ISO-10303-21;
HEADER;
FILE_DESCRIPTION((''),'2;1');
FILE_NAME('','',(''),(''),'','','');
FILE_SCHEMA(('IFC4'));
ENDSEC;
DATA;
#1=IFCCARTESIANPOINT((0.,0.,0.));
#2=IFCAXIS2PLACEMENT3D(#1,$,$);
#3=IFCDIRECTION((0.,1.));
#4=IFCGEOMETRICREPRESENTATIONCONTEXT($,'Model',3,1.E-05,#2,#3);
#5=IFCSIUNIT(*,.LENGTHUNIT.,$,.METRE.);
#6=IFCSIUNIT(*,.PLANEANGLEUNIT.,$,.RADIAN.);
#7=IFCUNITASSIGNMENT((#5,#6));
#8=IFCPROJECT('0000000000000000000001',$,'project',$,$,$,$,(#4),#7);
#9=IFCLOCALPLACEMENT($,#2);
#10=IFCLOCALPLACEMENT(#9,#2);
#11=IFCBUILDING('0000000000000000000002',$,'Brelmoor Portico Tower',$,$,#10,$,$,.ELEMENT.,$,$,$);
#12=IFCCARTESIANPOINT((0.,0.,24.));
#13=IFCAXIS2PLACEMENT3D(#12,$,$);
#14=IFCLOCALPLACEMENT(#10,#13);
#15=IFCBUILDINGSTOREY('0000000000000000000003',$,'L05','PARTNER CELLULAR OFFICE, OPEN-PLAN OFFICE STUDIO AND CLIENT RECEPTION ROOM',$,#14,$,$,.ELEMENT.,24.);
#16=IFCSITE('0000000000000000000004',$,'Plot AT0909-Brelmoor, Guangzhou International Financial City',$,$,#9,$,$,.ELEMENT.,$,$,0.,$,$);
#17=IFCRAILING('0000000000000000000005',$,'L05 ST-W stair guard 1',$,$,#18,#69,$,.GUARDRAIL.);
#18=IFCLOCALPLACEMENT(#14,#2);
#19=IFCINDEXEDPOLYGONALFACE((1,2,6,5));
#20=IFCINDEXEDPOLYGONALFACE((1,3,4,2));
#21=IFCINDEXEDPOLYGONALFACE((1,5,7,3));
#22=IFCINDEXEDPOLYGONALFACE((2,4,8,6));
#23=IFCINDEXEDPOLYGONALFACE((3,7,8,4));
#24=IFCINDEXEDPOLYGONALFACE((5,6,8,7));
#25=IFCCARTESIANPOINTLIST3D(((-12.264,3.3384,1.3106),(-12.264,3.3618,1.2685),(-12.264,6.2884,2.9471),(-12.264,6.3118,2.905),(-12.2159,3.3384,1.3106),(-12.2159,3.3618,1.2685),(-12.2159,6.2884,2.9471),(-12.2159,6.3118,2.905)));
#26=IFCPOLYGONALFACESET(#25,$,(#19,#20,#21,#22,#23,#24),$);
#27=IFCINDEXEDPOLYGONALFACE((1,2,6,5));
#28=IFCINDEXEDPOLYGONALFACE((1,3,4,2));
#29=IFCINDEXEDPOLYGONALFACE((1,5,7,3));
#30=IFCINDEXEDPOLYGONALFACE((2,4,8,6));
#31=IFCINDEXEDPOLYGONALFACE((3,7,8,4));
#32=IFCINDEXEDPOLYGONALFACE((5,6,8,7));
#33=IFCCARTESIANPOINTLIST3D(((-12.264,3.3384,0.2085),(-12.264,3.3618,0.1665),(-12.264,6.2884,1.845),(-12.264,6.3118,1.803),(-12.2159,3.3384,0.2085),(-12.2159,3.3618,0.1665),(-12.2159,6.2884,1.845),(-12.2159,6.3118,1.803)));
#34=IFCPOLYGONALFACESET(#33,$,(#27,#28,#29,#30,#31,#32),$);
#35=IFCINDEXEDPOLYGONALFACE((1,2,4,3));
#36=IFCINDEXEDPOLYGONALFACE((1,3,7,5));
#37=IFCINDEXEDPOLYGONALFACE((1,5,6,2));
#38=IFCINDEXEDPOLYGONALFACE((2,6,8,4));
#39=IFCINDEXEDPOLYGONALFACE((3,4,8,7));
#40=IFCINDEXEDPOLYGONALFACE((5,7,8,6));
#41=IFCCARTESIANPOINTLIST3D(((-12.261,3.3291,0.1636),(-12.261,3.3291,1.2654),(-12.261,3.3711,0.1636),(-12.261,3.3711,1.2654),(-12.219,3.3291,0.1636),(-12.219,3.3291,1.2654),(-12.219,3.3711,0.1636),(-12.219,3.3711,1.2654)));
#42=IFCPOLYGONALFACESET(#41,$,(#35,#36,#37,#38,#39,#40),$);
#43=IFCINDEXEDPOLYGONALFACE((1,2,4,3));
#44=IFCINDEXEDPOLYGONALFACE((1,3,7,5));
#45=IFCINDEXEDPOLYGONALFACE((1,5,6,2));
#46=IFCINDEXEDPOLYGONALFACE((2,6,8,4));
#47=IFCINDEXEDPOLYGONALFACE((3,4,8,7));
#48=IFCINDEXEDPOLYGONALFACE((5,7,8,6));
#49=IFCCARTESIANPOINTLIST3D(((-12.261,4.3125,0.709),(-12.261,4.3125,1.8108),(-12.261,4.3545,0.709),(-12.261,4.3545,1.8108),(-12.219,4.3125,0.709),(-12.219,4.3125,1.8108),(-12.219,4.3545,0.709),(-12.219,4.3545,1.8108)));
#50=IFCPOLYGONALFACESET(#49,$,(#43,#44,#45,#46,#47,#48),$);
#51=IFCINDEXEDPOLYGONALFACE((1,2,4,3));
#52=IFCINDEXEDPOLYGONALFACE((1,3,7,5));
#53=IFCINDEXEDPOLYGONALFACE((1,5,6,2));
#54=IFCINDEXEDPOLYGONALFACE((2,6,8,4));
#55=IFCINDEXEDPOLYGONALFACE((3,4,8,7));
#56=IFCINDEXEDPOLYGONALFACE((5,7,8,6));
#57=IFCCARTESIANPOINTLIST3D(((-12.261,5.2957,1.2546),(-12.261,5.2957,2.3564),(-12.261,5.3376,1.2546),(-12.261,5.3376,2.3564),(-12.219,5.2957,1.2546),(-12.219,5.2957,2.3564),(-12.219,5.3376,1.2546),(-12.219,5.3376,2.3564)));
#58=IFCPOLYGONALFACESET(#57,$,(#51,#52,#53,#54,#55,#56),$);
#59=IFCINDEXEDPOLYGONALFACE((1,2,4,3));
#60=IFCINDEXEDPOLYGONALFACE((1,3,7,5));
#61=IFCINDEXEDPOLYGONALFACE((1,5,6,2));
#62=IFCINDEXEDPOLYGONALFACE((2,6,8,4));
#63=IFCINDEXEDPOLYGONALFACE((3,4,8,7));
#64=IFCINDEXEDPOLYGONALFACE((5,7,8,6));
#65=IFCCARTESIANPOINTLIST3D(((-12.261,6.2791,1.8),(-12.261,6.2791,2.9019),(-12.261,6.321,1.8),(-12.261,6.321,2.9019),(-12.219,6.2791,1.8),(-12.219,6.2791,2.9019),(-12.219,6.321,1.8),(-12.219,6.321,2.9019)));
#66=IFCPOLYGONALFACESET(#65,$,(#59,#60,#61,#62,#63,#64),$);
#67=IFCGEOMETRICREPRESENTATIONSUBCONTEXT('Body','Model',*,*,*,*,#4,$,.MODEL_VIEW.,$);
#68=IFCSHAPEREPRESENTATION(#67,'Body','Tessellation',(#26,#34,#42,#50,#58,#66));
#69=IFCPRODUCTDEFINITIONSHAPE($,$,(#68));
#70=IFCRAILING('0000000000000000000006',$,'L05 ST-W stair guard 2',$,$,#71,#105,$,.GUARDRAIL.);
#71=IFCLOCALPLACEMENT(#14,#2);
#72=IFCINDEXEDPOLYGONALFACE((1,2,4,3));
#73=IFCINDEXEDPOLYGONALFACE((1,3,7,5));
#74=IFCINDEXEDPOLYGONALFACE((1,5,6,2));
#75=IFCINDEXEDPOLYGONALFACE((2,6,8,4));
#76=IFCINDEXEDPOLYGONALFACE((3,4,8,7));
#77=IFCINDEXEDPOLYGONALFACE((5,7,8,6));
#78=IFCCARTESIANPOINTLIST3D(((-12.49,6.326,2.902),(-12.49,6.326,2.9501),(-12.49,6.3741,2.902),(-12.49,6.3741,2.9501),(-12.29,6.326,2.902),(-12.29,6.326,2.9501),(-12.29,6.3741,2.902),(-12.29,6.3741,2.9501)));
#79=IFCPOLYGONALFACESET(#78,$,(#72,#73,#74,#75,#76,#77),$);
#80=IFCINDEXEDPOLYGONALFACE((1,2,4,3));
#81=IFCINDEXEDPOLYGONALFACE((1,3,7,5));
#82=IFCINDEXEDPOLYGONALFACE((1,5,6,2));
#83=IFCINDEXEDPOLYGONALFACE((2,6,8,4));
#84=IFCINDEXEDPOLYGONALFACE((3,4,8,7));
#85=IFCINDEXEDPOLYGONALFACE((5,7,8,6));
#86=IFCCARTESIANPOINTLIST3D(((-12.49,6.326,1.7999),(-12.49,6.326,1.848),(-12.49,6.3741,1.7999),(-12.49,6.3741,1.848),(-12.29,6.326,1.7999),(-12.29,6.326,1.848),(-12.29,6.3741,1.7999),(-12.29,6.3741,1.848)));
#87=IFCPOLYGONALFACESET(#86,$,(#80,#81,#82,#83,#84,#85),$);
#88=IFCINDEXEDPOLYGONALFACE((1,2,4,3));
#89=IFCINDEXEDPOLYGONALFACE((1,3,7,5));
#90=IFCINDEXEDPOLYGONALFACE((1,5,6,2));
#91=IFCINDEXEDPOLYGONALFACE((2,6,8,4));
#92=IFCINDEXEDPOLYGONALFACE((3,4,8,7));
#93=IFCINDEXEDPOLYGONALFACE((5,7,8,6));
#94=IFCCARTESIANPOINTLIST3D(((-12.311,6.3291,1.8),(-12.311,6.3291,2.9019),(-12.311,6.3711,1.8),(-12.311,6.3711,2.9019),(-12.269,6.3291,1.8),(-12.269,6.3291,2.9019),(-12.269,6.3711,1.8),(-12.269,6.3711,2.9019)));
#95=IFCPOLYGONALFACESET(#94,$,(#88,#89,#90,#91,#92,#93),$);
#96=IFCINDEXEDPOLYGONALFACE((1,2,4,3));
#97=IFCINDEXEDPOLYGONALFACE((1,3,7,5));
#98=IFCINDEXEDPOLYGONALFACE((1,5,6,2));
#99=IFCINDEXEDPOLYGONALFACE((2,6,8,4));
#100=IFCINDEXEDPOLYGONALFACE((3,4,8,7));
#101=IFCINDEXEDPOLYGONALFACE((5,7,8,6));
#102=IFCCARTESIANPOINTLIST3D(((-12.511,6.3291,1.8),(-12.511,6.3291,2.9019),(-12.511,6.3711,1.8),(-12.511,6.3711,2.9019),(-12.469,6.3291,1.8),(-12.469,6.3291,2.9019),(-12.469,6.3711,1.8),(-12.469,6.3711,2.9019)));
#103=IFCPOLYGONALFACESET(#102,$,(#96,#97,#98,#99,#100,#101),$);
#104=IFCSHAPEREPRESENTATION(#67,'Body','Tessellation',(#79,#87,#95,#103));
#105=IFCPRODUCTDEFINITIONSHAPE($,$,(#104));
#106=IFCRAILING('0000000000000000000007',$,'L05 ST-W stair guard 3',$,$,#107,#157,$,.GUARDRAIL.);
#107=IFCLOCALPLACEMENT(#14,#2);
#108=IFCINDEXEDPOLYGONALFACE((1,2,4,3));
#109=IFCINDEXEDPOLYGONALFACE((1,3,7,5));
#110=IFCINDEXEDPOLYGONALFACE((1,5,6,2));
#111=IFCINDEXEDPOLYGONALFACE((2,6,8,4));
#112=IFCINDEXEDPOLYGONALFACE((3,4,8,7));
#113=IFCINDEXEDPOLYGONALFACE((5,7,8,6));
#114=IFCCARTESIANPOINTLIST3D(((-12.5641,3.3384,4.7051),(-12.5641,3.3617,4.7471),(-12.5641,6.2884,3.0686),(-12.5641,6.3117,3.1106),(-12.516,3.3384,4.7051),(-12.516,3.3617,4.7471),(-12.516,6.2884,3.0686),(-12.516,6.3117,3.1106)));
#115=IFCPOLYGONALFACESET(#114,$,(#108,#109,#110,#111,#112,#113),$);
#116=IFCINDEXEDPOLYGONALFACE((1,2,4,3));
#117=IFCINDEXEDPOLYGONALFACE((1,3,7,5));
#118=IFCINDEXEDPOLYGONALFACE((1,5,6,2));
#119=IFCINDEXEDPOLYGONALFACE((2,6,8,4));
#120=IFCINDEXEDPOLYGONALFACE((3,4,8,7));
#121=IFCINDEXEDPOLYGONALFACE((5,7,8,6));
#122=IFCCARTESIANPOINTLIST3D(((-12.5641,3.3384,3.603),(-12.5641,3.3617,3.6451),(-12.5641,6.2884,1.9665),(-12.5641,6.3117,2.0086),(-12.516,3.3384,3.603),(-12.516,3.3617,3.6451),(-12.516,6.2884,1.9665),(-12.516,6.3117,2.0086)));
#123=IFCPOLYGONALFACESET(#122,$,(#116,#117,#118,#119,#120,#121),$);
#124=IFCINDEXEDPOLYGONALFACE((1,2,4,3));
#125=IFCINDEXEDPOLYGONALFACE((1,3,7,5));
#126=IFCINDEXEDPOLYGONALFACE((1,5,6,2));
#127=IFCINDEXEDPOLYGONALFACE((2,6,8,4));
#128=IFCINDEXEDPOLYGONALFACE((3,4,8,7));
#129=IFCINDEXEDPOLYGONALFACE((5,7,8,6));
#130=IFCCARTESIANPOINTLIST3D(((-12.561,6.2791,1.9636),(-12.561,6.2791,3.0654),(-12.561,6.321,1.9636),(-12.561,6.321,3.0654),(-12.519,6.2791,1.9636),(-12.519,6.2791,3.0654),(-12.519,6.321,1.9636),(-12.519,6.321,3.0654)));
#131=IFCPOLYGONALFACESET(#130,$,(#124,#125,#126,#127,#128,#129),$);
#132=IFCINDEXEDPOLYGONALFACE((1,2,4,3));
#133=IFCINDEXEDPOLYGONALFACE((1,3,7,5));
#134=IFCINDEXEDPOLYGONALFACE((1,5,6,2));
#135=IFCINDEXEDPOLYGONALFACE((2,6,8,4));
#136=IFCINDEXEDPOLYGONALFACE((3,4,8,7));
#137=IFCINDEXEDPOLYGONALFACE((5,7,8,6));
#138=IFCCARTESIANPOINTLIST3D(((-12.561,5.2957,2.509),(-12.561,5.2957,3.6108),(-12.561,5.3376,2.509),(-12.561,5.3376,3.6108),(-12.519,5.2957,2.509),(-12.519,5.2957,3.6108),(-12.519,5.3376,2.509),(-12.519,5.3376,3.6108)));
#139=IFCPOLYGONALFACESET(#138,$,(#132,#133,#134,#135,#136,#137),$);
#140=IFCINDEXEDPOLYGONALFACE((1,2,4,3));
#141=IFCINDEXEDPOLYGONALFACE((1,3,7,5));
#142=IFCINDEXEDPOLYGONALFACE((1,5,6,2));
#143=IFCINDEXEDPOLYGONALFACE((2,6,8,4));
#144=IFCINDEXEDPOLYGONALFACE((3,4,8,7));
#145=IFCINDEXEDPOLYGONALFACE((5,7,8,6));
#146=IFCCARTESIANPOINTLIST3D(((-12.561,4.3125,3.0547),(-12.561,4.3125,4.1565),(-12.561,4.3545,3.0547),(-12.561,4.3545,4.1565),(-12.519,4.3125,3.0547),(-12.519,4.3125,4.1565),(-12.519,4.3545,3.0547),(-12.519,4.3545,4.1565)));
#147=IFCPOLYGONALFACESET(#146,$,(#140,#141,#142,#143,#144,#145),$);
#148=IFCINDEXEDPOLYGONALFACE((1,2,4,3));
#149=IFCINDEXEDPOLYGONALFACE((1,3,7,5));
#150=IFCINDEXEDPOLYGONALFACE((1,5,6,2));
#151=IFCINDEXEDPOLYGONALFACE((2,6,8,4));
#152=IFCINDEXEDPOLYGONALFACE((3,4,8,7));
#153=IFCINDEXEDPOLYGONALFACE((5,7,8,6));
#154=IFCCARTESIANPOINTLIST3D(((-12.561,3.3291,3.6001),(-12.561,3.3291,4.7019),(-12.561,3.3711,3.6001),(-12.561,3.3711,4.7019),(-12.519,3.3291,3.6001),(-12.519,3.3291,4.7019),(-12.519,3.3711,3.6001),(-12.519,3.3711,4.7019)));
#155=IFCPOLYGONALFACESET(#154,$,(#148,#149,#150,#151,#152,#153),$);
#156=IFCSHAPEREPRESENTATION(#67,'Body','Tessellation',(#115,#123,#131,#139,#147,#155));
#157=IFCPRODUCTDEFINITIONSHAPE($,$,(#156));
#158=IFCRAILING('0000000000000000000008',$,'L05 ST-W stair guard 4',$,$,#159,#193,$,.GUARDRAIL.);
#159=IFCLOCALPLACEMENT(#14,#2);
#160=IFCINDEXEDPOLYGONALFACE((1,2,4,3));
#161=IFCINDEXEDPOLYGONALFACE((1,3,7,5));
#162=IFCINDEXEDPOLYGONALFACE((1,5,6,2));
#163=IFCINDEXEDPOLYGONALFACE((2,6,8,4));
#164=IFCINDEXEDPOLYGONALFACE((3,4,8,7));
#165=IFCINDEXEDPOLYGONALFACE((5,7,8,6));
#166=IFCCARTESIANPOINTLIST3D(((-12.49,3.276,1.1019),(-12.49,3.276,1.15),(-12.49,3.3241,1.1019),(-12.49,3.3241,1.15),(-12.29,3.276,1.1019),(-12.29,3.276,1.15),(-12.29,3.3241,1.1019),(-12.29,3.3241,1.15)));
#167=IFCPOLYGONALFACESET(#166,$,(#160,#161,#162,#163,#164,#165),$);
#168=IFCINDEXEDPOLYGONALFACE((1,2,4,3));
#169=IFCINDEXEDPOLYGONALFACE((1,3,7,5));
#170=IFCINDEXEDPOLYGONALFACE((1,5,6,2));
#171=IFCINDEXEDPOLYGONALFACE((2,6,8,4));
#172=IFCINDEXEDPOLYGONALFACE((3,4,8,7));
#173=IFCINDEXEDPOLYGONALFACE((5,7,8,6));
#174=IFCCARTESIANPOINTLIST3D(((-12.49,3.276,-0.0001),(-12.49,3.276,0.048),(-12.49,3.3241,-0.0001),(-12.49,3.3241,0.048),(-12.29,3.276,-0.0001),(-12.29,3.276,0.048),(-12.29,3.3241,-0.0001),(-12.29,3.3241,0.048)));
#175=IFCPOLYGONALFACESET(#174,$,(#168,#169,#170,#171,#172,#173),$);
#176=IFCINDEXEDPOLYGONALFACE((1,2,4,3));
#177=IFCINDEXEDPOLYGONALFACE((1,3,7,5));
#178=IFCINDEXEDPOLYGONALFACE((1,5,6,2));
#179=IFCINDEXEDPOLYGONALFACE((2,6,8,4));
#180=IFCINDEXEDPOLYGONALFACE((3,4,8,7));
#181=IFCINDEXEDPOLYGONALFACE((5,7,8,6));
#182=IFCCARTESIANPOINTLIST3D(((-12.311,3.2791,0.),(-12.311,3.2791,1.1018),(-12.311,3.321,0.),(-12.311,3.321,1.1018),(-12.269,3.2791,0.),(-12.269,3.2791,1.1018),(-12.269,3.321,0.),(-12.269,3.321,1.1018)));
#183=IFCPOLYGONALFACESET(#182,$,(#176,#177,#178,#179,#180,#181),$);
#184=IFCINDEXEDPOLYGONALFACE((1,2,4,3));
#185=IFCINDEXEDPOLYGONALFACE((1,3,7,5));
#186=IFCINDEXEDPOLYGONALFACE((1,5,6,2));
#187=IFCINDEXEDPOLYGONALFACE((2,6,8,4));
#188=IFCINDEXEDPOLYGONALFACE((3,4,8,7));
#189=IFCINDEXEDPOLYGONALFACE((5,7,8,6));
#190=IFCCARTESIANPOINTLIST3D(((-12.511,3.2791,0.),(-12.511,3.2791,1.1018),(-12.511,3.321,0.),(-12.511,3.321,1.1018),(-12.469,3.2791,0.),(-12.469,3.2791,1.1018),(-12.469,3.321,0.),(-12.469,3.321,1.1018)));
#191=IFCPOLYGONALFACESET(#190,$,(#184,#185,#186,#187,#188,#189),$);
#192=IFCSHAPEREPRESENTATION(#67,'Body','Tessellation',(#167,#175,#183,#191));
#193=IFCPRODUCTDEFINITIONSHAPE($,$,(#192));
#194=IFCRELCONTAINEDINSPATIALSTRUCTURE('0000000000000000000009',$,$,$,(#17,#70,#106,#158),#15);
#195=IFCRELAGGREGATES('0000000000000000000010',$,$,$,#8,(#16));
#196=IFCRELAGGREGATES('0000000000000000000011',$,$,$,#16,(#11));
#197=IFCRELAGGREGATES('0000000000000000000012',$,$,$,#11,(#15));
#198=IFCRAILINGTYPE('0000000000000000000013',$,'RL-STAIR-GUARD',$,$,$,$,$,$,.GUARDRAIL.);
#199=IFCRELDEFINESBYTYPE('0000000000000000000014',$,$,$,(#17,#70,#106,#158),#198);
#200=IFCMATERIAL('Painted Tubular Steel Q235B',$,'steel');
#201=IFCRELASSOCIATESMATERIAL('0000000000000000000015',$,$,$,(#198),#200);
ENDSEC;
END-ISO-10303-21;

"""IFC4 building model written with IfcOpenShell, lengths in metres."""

from ifc_helpers import new_model, si_unit, direction, frame, origin, origin_2d, place, context, subcontext, project, spatial, rectangle, extrude, material, type_object, element, save


model = new_model("IFC4")

# Units and contexts
model_context = context("Model", 3, precision=1e-05, world=origin(), true_north=direction((0.0, 1.0)))
body_context = subcontext(model_context, "Body", "Model", "MODEL_VIEW")
ifc_project = project(units=[si_unit("LENGTHUNIT", "METRE"), si_unit("PLANEANGLEUNIT", "RADIAN")], contexts=[model_context])

# Site, building, storey
site_placement = place(None, origin())
site = spatial("IfcSite", under=ifc_project, at=site_placement, Name="Plot AT0909-Brelmoor, Guangzhou International Financial City", CompositionType="ELEMENT", RefElevation=0.0)
building_placement = place(site_placement, origin())
building = spatial("IfcBuilding", under=site, at=building_placement, Name="Brelmoor Portico Tower", CompositionType="ELEMENT")
storey_placement = place(building_placement, frame((0.0, 0.0, 24.0)))
storey = spatial("IfcBuildingStorey", under=building, at=storey_placement, Name="L05", Description="PARTNER CELLULAR OFFICE, OPEN-PLAN OFFICE STUDIO AND CLIENT RECEPTION ROOM", CompositionType="ELEMENT", Elevation=24.0)

# Railings
ifc_material_1 = material(Name="Painted Tubular Steel Q235B", Category="steel")
railing_type_1 = type_object("IfcRailingType", Name="RL-STAIR-GUARD", PredefinedType="GUARDRAIL", material=ifc_material_1)
railing_1_placement = place(storey_placement, frame((-12.24, 3.3501, 0.1636)))
element("IfcRailing", 1, at=railing_1_placement, inside=storey, type_object=railing_type_1, Name="L05 ST-W stair guard 1", PredefinedType="GUARDRAIL", context=body_context, shape_type="SweptSolid", body=[
    extrude(rectangle(XDim=0.0481, YDim=0.0481, at=origin_2d()), frame((0.0, 0.0, 1.126), z_axis=(0.0, 0.874458, 0.485102), x_axis=(-1.0, 0.0, 0.0)), (0.0, 0.0, 1.0), 3.3735),
    extrude(rectangle(XDim=0.0481, YDim=0.0481, at=origin_2d()), frame((0.0, 0.0, 0.0239), z_axis=(0.0, 0.874458, 0.485102), x_axis=(-1.0, 0.0, 0.0)), (0.0, 0.0, 1.0), 3.3735),
    extrude(rectangle(XDim=0.042, YDim=0.042, at=origin_2d()), origin(), (0.0, 0.0, 1.0), 1.1018),
    extrude(rectangle(XDim=0.042, YDim=0.042, at=origin_2d()), frame((0.0, 0.9834, 0.5454)), (0.0, 0.0, 1.0), 1.1018),
    extrude(rectangle(XDim=0.042, YDim=0.042, at=origin_2d()), frame((0.0, 1.9666, 1.0911)), (0.0, 0.0, 1.0), 1.1018),
    extrude(rectangle(XDim=0.042, YDim=0.042, at=origin_2d()), frame((0.0, 2.95, 1.6365)), (0.0, 0.0, 1.0), 1.1018),
])
railing_2_placement = place(storey_placement, frame((-12.29, 6.3501, 1.8)))
element("IfcRailing", 2, at=railing_2_placement, inside=storey, type_object=railing_type_1, Name="L05 ST-W stair guard 2", PredefinedType="GUARDRAIL", context=body_context, shape_type="SweptSolid", body=[
    extrude(rectangle(XDim=0.0481, YDim=0.0481, at=origin_2d()), frame((0.0, 0.0, 1.126), z_axis=(-1.0, 0.0, 0.0), x_axis=(0.0, -1.0, 0.0)), (0.0, 0.0, 1.0), 0.2),
    extrude(rectangle(XDim=0.0481, YDim=0.0481, at=origin_2d()), frame((0.0, 0.0, 0.0239), z_axis=(-1.0, 0.0, 0.0), x_axis=(0.0, -1.0, 0.0)), (0.0, 0.0, 1.0), 0.2),
    extrude(rectangle(XDim=0.042, YDim=0.042, at=origin_2d()), origin(), (0.0, 0.0, 1.0), 1.1018),
    extrude(rectangle(XDim=0.042, YDim=0.042, at=origin_2d()), frame((-0.2, 0.0, 0.0)), (0.0, 0.0, 1.0), 1.1018),
])
railing_3_placement = place(storey_placement, frame((-12.54, 6.3, 1.9636)))
element("IfcRailing", 3, at=railing_3_placement, inside=storey, type_object=railing_type_1, Name="L05 ST-W stair guard 3", PredefinedType="GUARDRAIL", context=body_context, shape_type="SweptSolid", body=[
    extrude(rectangle(XDim=0.0481, YDim=0.0481, at=origin_2d()), frame((0.0, 0.0, 1.126), z_axis=(0.0, -0.874458, 0.485102), x_axis=(1.0, 0.0, 0.0)), (0.0, 0.0, 1.0), 3.3735),
    extrude(rectangle(XDim=0.0481, YDim=0.0481, at=origin_2d()), frame((0.0, 0.0, 0.0239), z_axis=(0.0, -0.874458, 0.485102), x_axis=(1.0, 0.0, 0.0)), (0.0, 0.0, 1.0), 3.3735),
    extrude(rectangle(XDim=0.042, YDim=0.042, at=origin_2d()), origin(), (0.0, 0.0, 1.0), 1.1018),
    extrude(rectangle(XDim=0.042, YDim=0.042, at=origin_2d()), frame((0.0, -0.9834, 0.5454)), (0.0, 0.0, 1.0), 1.1018),
    extrude(rectangle(XDim=0.042, YDim=0.042, at=origin_2d()), frame((0.0, -1.9666, 1.0911)), (0.0, 0.0, 1.0), 1.1018),
    extrude(rectangle(XDim=0.042, YDim=0.042, at=origin_2d()), frame((0.0, -2.95, 1.6365)), (0.0, 0.0, 1.0), 1.1018),
])
railing_4_placement = place(storey_placement, frame((-12.29, 3.3, 0.0)))
element("IfcRailing", 4, at=railing_4_placement, inside=storey, type_object=railing_type_1, Name="L05 ST-W stair guard 4", PredefinedType="GUARDRAIL", context=body_context, shape_type="SweptSolid", body=[
    extrude(rectangle(XDim=0.0481, YDim=0.0481, at=origin_2d()), frame((0.0, 0.0, 1.126), z_axis=(-1.0, 0.0, 0.0), x_axis=(0.0, -1.0, 0.0)), (0.0, 0.0, 1.0), 0.2),
    extrude(rectangle(XDim=0.0481, YDim=0.0481, at=origin_2d()), frame((0.0, 0.0, 0.0239), z_axis=(-1.0, 0.0, 0.0), x_axis=(0.0, -1.0, 0.0)), (0.0, 0.0, 1.0), 0.2),
    extrude(rectangle(XDim=0.042, YDim=0.042, at=origin_2d()), origin(), (0.0, 0.0, 1.0), 1.1018),
    extrude(rectangle(XDim=0.042, YDim=0.042, at=origin_2d()), frame((-0.2, 0.0, 0.0)), (0.0, 0.0, 1.0), 1.1018),
])

save(model, "model.ifc")
